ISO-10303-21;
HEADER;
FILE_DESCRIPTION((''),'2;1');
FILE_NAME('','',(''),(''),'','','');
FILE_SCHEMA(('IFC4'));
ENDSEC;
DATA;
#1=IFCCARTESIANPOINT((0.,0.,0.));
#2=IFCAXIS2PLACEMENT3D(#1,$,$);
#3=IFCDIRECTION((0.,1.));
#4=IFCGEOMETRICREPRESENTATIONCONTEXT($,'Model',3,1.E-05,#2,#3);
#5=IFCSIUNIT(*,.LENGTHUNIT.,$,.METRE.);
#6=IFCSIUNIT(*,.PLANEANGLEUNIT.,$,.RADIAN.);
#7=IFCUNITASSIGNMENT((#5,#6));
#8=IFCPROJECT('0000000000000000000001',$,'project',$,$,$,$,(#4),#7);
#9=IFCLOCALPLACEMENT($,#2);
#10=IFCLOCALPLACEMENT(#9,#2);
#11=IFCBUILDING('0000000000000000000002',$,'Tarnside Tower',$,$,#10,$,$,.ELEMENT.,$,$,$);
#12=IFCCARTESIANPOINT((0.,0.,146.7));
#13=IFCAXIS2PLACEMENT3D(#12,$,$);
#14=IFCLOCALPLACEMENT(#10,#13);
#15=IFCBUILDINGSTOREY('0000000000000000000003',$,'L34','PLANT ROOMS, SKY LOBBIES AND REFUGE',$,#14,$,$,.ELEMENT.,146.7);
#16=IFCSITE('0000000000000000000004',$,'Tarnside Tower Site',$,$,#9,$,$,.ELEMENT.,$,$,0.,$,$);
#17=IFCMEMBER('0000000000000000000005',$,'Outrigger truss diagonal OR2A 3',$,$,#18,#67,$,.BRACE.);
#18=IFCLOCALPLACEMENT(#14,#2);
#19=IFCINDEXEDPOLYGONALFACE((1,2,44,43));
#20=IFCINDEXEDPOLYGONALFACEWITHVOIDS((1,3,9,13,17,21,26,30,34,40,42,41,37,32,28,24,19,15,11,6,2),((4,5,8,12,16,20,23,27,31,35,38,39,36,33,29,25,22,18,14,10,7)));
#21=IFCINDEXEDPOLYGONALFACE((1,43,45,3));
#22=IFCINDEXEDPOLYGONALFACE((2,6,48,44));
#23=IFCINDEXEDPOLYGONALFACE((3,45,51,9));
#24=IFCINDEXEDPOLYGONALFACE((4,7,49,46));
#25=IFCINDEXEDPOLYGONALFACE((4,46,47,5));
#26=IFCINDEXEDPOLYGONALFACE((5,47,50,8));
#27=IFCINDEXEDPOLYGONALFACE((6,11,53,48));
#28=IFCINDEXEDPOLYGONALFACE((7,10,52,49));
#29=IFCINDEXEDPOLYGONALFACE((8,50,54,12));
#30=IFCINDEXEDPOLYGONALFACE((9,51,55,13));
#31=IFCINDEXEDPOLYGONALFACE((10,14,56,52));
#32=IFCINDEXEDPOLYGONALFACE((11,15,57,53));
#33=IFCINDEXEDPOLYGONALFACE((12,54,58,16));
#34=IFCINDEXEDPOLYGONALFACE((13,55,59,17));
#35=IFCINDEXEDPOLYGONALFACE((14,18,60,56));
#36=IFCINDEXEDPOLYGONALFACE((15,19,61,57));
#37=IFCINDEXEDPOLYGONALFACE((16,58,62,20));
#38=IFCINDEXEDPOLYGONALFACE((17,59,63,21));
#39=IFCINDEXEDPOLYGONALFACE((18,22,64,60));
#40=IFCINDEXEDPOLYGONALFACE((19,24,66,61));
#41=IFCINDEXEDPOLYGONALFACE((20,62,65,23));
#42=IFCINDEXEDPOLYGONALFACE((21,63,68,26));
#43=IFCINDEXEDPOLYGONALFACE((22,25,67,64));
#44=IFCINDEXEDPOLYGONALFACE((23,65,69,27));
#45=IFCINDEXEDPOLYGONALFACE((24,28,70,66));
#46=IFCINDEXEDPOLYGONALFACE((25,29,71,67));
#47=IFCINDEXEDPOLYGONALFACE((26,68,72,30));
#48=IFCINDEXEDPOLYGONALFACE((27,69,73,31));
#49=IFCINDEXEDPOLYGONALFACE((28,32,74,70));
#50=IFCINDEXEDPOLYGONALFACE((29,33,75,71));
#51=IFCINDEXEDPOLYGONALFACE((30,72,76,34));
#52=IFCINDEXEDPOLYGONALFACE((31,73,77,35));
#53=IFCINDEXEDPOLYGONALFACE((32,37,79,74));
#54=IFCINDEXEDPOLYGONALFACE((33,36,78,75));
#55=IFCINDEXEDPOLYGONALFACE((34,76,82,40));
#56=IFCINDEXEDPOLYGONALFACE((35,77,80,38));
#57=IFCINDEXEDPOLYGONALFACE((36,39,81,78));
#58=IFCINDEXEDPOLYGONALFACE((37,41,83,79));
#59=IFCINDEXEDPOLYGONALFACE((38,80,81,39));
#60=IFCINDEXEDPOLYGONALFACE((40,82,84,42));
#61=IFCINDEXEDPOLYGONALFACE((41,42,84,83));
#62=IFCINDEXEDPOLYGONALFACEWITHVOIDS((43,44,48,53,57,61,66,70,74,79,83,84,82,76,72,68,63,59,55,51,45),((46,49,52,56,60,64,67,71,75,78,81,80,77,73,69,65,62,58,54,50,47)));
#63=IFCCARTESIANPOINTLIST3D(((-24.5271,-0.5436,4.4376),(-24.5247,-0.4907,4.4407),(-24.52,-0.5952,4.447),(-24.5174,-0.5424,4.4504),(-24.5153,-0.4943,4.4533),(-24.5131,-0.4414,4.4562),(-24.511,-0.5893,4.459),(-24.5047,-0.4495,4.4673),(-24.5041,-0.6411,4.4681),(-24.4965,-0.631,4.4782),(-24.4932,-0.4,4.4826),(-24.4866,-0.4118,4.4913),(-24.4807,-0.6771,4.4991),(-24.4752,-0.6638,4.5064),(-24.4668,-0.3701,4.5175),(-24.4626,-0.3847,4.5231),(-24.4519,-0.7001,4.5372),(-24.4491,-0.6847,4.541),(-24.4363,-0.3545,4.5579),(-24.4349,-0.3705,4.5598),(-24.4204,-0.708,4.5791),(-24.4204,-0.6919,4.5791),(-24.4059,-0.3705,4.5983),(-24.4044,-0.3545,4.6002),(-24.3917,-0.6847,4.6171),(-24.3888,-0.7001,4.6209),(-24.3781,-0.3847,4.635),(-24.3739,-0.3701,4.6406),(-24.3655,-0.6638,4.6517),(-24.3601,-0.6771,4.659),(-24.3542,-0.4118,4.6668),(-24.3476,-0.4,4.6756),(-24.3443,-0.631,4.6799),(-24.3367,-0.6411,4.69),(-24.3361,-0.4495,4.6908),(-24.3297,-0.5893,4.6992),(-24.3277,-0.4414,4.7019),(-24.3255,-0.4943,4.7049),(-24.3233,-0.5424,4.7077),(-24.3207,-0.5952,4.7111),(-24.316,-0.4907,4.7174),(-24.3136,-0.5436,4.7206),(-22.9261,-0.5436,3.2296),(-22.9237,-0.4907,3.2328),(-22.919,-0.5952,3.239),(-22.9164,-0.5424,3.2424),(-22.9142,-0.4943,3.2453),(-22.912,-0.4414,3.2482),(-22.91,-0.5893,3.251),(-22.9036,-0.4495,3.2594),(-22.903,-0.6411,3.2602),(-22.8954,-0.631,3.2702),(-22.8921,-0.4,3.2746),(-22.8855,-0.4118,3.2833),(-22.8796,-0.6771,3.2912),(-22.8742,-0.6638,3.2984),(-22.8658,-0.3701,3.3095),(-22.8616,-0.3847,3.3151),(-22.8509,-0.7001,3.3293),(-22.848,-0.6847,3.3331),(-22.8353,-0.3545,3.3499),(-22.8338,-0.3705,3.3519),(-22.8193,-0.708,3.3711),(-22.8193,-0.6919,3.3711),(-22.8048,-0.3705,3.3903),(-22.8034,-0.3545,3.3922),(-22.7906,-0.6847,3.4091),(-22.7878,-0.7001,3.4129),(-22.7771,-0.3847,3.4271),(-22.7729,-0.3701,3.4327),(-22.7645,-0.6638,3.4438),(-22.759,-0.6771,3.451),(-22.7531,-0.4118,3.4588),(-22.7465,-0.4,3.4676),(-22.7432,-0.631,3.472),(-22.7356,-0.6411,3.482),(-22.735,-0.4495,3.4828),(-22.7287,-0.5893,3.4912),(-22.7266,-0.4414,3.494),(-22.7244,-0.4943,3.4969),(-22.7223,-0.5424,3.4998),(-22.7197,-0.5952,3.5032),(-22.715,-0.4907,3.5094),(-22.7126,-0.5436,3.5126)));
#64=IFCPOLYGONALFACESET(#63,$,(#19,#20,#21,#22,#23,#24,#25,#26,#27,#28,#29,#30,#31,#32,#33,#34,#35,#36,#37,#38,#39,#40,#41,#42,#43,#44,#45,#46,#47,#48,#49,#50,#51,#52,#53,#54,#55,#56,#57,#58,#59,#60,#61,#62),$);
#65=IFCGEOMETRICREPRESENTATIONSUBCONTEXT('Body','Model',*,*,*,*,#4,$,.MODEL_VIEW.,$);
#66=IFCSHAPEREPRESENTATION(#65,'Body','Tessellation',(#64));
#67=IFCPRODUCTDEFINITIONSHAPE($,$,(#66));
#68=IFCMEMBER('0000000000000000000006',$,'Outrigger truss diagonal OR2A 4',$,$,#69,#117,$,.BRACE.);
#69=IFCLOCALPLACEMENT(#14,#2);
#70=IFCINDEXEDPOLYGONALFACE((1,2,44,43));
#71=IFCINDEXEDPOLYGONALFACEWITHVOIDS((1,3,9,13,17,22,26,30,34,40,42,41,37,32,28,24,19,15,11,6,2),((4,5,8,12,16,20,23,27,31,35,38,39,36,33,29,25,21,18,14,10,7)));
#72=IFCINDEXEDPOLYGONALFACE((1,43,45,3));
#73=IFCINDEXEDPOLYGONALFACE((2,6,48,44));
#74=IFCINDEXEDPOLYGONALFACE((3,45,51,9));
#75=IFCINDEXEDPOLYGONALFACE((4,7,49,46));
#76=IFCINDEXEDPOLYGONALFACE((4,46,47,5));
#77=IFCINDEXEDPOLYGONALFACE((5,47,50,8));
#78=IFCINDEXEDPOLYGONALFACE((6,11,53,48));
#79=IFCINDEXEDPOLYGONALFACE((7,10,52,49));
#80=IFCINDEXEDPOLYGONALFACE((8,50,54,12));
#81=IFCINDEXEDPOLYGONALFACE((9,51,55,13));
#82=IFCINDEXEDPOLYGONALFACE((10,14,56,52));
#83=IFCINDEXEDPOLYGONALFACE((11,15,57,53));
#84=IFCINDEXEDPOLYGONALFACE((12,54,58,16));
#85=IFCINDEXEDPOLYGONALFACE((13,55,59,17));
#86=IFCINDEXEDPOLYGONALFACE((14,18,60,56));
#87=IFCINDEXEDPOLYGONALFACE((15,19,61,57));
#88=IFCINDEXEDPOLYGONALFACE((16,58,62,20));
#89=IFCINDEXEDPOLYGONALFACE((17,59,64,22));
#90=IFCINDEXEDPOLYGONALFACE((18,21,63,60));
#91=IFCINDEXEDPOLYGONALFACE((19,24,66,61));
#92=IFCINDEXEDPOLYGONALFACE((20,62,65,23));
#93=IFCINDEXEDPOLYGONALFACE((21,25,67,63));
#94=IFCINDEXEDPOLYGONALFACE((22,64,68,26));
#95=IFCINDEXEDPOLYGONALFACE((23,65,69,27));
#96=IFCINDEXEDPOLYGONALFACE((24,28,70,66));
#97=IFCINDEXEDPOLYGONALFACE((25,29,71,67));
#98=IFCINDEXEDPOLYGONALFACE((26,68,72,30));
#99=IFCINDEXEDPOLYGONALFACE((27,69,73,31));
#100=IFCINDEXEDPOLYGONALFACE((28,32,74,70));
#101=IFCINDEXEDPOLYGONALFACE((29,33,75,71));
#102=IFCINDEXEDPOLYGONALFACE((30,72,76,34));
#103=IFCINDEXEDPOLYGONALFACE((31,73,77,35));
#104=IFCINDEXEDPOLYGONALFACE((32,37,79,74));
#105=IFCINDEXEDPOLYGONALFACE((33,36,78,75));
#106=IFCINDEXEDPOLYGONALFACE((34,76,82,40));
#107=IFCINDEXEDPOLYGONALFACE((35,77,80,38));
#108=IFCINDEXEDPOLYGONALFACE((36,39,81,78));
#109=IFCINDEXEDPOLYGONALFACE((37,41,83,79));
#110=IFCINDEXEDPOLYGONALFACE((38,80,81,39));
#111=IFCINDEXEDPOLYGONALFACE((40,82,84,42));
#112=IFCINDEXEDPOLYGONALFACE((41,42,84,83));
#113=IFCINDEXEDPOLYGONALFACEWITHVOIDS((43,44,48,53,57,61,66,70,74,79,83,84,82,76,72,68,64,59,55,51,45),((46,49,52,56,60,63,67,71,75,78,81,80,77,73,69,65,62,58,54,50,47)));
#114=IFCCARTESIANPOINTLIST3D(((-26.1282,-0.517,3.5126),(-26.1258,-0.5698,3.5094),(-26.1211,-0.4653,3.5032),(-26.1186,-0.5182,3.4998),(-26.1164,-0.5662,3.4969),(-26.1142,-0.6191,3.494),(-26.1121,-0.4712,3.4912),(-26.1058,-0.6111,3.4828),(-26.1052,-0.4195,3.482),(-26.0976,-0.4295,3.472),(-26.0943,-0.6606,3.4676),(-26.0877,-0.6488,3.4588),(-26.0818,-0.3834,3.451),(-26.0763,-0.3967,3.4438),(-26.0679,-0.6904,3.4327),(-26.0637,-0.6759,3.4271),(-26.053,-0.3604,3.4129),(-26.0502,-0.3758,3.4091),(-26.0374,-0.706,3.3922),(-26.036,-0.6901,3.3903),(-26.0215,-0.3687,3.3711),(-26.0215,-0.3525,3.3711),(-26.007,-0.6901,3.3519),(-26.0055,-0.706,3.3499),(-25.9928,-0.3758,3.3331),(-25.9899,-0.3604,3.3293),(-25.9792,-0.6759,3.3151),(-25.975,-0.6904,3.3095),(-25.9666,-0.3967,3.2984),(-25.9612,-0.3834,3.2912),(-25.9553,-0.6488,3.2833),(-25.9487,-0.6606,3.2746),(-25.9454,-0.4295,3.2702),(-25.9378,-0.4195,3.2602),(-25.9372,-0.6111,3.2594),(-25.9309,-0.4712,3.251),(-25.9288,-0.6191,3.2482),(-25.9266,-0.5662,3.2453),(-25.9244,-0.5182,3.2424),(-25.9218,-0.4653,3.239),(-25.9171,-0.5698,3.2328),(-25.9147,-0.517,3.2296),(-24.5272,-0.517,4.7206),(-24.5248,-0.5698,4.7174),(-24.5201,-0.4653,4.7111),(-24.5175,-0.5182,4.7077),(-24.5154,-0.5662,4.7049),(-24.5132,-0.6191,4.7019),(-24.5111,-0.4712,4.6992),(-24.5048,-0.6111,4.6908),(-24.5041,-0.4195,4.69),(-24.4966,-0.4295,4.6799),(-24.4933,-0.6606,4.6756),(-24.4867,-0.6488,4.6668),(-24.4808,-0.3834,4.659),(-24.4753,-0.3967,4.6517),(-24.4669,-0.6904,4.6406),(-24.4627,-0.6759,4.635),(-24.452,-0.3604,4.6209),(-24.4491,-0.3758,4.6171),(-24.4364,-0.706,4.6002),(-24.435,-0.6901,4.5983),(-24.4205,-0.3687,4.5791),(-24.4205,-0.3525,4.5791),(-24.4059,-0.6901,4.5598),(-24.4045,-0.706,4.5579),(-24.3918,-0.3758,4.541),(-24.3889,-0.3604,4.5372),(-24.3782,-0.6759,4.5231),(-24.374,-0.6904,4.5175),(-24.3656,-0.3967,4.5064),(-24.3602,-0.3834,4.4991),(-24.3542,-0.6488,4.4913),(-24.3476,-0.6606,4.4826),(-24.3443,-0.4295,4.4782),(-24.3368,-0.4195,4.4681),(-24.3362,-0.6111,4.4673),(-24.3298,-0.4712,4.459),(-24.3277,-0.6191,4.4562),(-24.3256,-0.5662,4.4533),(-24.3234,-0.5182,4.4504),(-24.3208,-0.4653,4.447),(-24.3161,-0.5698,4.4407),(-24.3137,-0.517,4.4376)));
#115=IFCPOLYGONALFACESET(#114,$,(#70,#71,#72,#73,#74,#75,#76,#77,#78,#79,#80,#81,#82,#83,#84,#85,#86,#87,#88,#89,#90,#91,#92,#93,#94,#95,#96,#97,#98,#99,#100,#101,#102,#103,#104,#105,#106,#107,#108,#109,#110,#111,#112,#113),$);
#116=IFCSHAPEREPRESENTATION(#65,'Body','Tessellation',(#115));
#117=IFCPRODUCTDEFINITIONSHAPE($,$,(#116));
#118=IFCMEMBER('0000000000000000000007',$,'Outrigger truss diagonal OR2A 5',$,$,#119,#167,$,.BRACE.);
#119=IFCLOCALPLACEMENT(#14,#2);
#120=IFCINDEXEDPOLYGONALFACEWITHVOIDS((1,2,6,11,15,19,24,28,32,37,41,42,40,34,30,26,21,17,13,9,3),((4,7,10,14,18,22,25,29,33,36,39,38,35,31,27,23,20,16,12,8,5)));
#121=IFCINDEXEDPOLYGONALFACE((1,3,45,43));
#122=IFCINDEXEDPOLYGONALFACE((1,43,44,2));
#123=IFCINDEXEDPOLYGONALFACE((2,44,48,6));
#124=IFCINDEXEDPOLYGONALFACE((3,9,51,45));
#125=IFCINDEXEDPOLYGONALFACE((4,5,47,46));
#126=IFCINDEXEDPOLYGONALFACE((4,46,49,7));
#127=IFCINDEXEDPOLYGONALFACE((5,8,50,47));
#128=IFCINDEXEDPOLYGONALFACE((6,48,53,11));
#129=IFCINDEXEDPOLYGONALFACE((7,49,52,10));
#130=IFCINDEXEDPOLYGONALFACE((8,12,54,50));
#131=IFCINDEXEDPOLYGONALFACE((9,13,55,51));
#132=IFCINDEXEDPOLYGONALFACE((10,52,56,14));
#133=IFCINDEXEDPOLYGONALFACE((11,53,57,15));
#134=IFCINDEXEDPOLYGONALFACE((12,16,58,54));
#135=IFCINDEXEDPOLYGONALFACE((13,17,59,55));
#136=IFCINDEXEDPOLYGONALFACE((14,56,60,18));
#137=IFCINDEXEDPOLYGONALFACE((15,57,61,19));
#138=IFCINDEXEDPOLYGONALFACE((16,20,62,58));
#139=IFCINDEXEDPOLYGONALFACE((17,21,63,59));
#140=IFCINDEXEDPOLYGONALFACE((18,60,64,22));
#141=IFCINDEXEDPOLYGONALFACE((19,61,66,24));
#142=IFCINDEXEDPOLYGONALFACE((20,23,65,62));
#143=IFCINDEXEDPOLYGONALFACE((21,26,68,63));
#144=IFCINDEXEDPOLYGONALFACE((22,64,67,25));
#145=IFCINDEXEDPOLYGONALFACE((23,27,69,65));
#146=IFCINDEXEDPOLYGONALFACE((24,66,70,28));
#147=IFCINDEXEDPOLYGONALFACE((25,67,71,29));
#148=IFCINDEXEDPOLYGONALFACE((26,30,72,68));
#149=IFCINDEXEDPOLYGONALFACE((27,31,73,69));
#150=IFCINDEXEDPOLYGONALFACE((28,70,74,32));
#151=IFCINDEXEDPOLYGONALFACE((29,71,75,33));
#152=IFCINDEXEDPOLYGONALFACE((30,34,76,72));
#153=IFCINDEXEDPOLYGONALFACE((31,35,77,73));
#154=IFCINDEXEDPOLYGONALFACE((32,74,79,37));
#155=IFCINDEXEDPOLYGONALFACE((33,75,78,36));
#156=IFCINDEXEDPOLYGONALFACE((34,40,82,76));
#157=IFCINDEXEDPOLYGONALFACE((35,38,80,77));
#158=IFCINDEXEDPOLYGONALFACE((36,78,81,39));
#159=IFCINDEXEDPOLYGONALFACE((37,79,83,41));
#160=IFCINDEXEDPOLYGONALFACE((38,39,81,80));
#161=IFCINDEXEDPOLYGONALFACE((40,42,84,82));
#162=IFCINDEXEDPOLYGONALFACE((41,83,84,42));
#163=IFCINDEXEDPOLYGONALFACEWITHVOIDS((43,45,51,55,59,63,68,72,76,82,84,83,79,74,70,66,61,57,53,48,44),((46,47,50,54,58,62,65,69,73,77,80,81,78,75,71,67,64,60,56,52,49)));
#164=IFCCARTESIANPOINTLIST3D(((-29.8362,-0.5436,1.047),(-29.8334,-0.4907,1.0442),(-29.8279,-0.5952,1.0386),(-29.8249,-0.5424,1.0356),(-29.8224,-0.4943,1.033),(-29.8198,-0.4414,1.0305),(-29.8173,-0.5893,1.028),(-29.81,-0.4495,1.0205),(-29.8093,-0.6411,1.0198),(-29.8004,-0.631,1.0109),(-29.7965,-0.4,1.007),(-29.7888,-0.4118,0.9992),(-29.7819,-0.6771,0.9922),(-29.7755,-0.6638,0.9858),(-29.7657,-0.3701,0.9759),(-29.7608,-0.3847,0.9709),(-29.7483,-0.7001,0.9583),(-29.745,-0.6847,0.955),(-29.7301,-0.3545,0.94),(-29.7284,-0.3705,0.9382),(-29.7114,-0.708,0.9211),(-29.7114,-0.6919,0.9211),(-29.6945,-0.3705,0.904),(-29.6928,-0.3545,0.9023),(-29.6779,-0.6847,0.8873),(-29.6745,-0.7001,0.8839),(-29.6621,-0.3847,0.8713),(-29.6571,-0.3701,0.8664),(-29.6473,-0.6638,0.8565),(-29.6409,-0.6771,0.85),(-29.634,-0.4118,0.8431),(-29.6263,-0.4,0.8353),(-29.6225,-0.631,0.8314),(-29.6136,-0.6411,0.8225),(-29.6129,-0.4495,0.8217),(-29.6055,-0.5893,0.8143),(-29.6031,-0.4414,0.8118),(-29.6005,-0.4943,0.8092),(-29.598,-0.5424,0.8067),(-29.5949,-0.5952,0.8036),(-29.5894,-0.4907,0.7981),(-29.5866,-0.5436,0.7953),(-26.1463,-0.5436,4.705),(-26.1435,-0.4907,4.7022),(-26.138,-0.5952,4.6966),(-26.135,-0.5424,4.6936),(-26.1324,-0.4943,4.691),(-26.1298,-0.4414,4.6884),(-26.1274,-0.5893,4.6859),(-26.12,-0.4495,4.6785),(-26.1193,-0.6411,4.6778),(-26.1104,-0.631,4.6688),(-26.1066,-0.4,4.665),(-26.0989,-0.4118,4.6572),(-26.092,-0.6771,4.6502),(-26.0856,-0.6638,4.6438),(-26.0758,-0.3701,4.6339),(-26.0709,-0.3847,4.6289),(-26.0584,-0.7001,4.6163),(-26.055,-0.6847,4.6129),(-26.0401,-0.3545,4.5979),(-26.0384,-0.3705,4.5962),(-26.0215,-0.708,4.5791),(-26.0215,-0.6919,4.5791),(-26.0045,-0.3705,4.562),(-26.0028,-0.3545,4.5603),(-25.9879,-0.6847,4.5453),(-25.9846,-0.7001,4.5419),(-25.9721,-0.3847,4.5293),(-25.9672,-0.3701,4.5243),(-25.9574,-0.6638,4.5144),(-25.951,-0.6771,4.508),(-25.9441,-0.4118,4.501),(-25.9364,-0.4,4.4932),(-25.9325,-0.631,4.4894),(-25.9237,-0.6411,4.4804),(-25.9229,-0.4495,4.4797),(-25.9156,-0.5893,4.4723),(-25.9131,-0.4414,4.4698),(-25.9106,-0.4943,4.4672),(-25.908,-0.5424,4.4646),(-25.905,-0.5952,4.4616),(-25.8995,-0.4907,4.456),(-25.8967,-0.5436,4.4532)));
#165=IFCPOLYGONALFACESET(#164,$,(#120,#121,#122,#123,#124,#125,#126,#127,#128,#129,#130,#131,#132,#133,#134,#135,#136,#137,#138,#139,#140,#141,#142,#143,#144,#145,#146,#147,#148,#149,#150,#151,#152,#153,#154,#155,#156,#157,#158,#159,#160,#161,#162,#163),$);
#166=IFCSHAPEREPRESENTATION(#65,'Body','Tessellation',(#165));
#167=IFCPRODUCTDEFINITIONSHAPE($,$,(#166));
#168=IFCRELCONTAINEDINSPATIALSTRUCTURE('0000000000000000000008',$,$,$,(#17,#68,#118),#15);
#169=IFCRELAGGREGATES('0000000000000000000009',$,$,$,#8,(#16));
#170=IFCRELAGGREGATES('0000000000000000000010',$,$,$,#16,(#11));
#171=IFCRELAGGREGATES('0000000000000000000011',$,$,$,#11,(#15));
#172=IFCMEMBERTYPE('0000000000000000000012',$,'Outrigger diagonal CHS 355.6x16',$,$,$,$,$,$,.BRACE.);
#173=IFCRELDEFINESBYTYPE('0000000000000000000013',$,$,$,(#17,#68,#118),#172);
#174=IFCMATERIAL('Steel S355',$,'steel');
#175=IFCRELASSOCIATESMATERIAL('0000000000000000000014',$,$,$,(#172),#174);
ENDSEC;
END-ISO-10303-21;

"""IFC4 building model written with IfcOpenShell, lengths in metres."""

from ifc_helpers import new_model, si_unit, direction, frame, origin, origin_2d, place, context, subcontext, project, spatial, hollow_circle, extrude, material, material_profile, profile_set, type_object, element, save


model = new_model("IFC4")

# Units and contexts
model_context = context("Model", 3, precision=1e-05, world=origin(), true_north=direction((0.0, 1.0)))
body_context = subcontext(model_context, "Body", "Model", "MODEL_VIEW")
ifc_project = project(units=[si_unit("LENGTHUNIT", "METRE"), si_unit("PLANEANGLEUNIT", "RADIAN")], contexts=[model_context])

# Site, building, storey
site_placement = place(None, origin())
site = spatial("IfcSite", under=ifc_project, at=site_placement, Name="Tarnside Tower Site", CompositionType="ELEMENT", RefElevation=0.0)
building_placement = place(site_placement, origin())
building = spatial("IfcBuilding", under=site, at=building_placement, Name="Tarnside Tower", CompositionType="ELEMENT")
storey_placement = place(building_placement, frame((0.0, 0.0, 146.7)))
storey = spatial("IfcBuildingStorey", under=building, at=storey_placement, Name="L34", Description="PLANT ROOMS, SKY LOBBIES AND REFUGE", CompositionType="ELEMENT", Elevation=146.7)

# Shared definitions
ifc_material_1 = material(Name="Steel S355", Category="steel")

# Members
ifc_material_profile_1 = material_profile(ifc_material_1, hollow_circle(Radius=0.1777, WallThickness=0.0161, at=origin_2d()), Name="CHS 355.6x16")
ifc_profile_set_1 = profile_set([ifc_material_profile_1], Name="Steel S355")
member_type_1 = type_object("IfcMemberType", Name="Outrigger diagonal CHS 355.6x16", PredefinedType="BRACE", material=ifc_profile_set_1)
for number, where, z_axis, x_axis, name in (
    (1, (-22.8193, -0.5303, 3.3711), (-0.798273, 0.0, 0.602296), (0.0, -1.0, 0.0), "Outrigger truss diagonal OR2A 3"),
    (2, (-26.0215, -0.5303, 3.3711), (0.798273, 0.0, 0.602296), (0.0, 1.0, 0.0), "Outrigger truss diagonal OR2A 4"),
):
    element("IfcMember", number, at=place(storey_placement, frame(where, z_axis=z_axis, x_axis=x_axis)), inside=storey, type_object=member_type_1, Name=name, PredefinedType="BRACE", context=body_context, shape_type="SweptSolid", body=[
        extrude(hollow_circle(Radius=0.1777, WallThickness=0.0161, at=origin_2d()), origin(), (0.0, 0.0, 1.0), 2.0056),
    ])
member_1_placement = place(storey_placement, frame((-26.0215, -0.5303, 4.5791), z_axis=(-0.710178, 0.0, -0.704022), x_axis=(0.0, -1.0, 0.0)))
element("IfcMember", 3, at=member_1_placement, inside=storey, type_object=member_type_1, Name="Outrigger truss diagonal OR2A 5", PredefinedType="BRACE", context=body_context, shape_type="SweptSolid", body=[
    extrude(hollow_circle(Radius=0.1777, WallThickness=0.0161, at=origin_2d()), origin(), (0.0, 0.0, 1.0), 5.1958),
])

save(model, "model.ifc")
